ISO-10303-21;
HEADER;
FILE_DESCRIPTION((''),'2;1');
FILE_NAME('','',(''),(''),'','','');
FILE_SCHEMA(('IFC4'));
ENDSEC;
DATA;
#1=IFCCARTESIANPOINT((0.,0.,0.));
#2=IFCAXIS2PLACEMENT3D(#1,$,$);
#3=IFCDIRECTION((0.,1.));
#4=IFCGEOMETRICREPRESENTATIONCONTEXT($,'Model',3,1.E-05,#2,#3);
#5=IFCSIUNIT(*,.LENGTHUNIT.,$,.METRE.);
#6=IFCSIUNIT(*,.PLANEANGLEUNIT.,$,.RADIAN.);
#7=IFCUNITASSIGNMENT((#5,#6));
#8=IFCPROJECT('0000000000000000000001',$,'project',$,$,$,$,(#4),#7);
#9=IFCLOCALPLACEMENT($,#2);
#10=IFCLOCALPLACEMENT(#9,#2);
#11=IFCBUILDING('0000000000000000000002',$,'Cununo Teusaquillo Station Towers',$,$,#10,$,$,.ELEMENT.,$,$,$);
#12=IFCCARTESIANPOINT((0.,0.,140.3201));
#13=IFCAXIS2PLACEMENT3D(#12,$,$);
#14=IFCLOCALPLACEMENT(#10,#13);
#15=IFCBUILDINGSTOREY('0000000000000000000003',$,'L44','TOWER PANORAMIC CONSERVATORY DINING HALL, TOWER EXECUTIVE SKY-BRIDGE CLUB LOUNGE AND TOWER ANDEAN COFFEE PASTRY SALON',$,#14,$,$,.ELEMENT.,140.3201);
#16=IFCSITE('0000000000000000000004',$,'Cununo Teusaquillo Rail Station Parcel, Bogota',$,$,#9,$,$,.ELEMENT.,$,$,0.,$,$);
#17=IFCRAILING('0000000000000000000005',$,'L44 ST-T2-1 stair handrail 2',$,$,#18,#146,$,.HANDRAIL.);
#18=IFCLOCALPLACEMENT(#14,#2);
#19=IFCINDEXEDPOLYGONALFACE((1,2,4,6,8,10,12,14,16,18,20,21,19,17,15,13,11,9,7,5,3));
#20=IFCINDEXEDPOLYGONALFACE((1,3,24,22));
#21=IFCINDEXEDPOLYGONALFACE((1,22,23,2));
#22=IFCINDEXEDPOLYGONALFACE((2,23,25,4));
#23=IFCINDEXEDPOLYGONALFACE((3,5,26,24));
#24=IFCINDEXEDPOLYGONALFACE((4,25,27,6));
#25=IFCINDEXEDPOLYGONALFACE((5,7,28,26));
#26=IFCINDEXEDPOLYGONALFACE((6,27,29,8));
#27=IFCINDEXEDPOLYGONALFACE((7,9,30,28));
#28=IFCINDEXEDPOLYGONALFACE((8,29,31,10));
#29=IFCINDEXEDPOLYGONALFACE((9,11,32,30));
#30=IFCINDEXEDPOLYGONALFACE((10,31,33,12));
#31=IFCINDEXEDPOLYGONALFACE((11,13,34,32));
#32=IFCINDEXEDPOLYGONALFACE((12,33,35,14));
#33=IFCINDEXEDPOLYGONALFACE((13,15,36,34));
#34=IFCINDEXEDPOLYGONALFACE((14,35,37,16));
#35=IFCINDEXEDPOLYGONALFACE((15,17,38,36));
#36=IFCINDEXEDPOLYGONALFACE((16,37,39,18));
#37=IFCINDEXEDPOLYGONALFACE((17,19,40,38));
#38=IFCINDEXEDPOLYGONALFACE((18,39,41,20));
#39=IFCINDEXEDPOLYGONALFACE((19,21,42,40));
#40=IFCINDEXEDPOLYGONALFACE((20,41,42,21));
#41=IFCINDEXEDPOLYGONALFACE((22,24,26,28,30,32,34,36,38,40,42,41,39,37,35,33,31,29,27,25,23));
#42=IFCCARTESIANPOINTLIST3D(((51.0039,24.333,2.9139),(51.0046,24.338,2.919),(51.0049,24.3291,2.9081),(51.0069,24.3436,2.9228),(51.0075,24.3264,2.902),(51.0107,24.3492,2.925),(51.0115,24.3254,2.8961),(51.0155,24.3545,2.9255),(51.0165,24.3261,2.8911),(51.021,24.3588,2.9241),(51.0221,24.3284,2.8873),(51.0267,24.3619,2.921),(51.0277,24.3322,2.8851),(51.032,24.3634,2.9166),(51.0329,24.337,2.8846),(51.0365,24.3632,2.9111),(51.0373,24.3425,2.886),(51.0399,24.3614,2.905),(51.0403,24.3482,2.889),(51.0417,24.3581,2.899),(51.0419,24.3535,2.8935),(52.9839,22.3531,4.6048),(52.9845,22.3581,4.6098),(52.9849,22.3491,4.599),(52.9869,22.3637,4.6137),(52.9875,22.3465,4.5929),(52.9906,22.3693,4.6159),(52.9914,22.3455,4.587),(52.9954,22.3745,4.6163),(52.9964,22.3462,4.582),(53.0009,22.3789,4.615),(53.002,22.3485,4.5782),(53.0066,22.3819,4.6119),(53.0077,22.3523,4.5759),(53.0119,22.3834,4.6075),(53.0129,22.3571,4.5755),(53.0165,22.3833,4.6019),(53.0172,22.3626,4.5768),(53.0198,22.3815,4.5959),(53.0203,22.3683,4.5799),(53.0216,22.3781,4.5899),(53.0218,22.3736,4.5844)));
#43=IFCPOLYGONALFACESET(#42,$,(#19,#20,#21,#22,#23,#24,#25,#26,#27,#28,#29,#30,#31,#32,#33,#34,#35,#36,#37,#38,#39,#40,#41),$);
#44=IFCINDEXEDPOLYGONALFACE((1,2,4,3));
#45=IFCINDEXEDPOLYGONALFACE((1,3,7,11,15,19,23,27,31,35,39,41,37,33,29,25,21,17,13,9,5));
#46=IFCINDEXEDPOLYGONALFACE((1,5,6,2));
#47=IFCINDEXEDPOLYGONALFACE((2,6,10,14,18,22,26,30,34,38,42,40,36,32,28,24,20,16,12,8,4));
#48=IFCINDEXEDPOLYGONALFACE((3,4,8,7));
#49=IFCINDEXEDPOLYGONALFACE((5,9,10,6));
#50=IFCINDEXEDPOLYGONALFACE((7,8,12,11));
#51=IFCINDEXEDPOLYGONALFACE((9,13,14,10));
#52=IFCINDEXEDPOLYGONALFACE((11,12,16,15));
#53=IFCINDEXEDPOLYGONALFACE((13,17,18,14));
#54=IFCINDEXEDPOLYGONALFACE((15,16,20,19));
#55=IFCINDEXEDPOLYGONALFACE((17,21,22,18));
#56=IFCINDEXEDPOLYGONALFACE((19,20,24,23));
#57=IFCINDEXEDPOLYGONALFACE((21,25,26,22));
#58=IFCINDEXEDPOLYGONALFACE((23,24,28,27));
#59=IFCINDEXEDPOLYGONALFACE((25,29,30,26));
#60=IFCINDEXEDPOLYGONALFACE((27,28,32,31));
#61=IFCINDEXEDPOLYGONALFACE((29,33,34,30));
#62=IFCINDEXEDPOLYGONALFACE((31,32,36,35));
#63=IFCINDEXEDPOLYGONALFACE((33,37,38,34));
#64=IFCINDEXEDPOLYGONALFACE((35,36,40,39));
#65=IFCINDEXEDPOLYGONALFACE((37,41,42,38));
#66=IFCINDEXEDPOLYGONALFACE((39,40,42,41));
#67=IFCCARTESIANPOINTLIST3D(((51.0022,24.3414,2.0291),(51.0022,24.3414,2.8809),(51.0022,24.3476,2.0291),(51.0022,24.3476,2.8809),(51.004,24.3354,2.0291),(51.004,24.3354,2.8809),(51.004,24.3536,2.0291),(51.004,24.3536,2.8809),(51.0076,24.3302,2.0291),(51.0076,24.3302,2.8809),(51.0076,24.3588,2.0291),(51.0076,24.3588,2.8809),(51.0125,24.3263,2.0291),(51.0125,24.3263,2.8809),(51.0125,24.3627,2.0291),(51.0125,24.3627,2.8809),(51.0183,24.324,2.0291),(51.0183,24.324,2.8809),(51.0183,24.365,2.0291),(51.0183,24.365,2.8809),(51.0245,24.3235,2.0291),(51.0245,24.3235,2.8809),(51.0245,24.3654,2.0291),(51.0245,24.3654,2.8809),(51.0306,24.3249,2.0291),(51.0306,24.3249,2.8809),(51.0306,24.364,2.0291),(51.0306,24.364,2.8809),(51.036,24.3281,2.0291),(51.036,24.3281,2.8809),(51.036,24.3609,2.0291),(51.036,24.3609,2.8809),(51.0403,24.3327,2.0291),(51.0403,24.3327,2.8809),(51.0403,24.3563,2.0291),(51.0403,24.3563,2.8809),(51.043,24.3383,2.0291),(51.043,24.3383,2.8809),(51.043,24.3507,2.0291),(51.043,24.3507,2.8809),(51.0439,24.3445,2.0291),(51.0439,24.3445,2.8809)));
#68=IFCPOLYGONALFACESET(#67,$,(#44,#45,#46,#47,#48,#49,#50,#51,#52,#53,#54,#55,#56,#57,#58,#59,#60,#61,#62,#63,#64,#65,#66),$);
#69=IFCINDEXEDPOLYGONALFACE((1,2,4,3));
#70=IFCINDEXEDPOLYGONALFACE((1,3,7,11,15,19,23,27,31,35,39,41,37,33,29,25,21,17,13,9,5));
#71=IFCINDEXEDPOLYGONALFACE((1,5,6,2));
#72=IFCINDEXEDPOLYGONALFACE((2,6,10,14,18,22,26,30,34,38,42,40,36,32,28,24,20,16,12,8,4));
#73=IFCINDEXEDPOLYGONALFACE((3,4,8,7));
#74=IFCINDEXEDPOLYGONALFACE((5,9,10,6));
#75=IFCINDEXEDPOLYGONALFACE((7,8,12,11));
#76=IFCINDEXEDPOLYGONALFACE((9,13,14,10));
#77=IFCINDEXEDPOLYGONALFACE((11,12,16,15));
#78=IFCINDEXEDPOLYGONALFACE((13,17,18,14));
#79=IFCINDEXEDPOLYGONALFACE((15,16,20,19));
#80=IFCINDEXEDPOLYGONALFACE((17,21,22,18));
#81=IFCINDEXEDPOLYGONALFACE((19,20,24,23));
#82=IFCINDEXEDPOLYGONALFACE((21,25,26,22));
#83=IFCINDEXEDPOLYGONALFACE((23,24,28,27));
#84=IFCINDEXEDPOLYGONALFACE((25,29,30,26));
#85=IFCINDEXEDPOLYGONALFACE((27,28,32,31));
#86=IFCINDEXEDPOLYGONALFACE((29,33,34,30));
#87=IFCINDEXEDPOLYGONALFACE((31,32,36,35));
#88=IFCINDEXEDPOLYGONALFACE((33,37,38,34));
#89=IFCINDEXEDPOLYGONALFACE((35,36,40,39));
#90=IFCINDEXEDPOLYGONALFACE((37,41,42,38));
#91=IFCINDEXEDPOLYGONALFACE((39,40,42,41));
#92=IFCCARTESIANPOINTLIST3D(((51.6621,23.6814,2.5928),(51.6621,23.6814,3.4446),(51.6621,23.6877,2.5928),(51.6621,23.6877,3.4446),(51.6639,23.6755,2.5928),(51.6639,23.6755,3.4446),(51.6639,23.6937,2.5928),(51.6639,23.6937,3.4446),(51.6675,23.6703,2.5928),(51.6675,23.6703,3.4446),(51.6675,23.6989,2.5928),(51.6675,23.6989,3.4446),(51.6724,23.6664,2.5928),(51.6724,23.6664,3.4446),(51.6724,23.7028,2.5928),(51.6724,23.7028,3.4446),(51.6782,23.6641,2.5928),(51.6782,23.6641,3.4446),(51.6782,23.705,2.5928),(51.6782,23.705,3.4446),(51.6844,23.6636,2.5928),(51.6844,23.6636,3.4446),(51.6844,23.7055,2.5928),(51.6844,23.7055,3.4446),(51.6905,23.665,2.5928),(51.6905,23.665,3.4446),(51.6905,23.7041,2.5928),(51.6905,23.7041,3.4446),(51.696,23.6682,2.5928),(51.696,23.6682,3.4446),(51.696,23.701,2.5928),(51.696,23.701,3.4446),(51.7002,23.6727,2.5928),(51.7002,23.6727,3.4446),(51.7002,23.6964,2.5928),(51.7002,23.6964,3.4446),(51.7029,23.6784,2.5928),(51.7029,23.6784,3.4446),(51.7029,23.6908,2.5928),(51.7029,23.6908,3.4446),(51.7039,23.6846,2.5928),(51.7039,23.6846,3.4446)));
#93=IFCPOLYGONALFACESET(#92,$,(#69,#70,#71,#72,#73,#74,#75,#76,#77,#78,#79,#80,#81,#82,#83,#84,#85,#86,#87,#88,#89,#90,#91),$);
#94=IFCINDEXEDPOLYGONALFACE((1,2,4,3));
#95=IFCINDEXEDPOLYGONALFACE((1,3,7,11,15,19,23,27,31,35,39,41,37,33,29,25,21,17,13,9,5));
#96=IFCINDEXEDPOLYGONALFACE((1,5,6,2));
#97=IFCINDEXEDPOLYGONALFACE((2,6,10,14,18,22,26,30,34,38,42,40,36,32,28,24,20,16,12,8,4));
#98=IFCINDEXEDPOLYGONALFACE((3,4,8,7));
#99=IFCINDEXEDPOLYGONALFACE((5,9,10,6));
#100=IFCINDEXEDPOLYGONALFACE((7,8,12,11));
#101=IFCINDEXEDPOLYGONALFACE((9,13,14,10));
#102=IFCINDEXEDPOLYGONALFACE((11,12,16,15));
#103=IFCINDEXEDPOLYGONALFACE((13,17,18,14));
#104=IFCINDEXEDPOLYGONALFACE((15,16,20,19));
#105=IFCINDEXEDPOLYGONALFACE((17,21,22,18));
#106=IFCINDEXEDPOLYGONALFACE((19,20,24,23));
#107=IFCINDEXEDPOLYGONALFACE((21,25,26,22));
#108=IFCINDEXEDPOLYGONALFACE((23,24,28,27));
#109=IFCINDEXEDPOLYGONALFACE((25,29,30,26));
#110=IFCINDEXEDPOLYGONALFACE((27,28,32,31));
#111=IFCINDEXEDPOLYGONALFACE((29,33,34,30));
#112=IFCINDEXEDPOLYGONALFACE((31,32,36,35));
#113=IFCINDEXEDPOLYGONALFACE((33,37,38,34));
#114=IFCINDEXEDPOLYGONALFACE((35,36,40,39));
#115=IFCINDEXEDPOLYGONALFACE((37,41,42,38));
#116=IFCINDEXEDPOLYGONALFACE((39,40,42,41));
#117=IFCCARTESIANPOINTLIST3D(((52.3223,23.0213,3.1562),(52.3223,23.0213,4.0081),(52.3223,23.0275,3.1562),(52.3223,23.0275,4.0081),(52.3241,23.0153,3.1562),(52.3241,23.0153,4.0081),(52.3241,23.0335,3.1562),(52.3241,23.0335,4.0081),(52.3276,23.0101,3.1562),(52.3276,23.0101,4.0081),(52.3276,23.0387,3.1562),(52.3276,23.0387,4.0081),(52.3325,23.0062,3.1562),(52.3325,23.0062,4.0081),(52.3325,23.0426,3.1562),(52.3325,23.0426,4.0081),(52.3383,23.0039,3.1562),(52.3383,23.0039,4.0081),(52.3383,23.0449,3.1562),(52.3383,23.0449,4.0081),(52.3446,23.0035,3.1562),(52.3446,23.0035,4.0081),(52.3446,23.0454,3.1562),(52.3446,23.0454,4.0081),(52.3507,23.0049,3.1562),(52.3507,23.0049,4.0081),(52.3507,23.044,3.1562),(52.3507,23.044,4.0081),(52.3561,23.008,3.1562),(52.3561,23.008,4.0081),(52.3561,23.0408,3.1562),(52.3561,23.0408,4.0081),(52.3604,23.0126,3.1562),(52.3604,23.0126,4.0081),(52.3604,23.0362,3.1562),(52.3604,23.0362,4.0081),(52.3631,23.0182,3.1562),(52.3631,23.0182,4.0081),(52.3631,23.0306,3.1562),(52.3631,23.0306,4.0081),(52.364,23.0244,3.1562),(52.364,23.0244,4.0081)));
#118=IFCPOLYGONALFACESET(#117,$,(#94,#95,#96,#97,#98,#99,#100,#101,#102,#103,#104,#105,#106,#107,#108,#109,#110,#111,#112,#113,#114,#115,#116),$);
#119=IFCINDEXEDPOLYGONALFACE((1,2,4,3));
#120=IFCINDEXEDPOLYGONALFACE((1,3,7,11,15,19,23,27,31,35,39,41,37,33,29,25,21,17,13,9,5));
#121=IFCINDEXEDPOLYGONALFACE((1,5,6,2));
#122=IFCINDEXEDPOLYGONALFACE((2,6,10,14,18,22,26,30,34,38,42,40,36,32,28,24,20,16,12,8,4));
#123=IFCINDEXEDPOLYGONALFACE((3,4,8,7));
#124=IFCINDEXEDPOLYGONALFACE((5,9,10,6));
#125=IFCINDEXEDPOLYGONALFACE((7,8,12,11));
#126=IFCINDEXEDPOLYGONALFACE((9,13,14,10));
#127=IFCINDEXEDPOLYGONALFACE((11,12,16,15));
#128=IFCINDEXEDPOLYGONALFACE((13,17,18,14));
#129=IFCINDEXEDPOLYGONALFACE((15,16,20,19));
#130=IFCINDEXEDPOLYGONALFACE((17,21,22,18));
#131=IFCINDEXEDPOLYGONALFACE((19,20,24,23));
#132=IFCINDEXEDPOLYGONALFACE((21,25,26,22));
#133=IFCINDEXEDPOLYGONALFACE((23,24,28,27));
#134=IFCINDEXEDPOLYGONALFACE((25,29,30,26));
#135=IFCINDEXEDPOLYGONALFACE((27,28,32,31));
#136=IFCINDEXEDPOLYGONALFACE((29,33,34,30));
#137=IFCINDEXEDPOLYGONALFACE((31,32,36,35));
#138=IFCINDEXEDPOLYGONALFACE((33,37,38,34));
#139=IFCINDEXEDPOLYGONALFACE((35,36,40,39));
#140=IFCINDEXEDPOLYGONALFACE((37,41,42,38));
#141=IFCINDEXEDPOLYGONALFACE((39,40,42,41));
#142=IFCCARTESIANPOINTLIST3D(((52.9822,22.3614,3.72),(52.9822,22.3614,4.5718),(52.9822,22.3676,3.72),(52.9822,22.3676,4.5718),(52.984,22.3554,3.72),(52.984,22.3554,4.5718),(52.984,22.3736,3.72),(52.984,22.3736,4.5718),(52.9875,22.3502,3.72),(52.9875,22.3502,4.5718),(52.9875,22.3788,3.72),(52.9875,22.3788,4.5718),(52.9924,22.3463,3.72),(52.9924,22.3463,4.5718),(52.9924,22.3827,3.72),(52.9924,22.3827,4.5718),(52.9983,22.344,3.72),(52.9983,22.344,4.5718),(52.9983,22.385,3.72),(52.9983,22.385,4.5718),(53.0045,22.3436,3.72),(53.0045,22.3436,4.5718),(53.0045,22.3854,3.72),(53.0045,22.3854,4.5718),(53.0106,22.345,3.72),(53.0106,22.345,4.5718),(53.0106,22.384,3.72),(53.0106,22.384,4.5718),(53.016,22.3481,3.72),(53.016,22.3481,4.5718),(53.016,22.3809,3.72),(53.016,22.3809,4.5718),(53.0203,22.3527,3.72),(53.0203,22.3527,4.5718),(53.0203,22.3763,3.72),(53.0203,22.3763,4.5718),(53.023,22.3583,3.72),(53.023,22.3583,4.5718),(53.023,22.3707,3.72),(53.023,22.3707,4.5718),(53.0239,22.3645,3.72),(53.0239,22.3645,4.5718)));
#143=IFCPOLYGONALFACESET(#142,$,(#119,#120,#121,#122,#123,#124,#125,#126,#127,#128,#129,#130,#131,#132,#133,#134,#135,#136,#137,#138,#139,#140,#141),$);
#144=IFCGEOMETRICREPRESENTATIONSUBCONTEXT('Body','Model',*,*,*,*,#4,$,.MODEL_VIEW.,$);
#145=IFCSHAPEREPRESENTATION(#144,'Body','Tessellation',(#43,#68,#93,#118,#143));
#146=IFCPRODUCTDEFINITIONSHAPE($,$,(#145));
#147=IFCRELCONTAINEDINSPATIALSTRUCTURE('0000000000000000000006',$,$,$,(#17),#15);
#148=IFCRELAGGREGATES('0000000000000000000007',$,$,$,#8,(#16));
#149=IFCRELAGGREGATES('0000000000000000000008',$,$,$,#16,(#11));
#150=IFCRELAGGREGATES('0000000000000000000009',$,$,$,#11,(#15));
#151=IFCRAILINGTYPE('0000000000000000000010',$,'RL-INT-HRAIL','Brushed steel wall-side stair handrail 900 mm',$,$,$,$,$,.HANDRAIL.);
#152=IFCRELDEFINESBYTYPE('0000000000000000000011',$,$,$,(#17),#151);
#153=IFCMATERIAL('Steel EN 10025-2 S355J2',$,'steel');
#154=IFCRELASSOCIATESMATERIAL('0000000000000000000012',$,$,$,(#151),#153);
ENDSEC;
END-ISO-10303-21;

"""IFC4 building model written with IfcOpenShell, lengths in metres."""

from ifc_helpers import new_model, si_unit, direction, frame, origin, origin_2d, place, context, subcontext, project, spatial, circle, extrude, material, type_object, element, save


model = new_model("IFC4")

# Units and contexts
model_context = context("Model", 3, precision=1e-05, world=origin(), true_north=direction((0.0, 1.0)))
body_context = subcontext(model_context, "Body", "Model", "MODEL_VIEW")
ifc_project = project(units=[si_unit("LENGTHUNIT", "METRE"), si_unit("PLANEANGLEUNIT", "RADIAN")], contexts=[model_context])

# Site, building, storey
site_placement = place(None, origin())
site = spatial("IfcSite", under=ifc_project, at=site_placement, Name="Cununo Teusaquillo Rail Station Parcel, Bogota", CompositionType="ELEMENT", RefElevation=0.0)
building_placement = place(site_placement, origin())
building = spatial("IfcBuilding", under=site, at=building_placement, Name="Cununo Teusaquillo Station Towers", CompositionType="ELEMENT")
storey_placement = place(building_placement, frame((0.0, 0.0, 140.3201)))
storey = spatial("IfcBuildingStorey", under=building, at=storey_placement, Name="L44", Description="TOWER PANORAMIC CONSERVATORY DINING HALL, TOWER EXECUTIVE SKY-BRIDGE CLUB LOUNGE AND TOWER ANDEAN COFFEE PASTRY SALON", CompositionType="ELEMENT", Elevation=140.3201)

# Railing
ifc_material_1 = material(Name="Steel EN 10025-2 S355J2", Category="steel")
railing_type_1 = type_object("IfcRailingType", Name="RL-INT-HRAIL", Description="Brushed steel wall-side stair handrail 900 mm", PredefinedType="HANDRAIL", material=ifc_material_1)
railing_1_placement = place(storey_placement, frame((51.0229, 24.3445, 2.0291)))
element("IfcRailing", 1, at=railing_1_placement, inside=storey, type_object=railing_type_1, Name="L44 ST-T2-1 stair handrail 2", PredefinedType="HANDRAIL", context=body_context, shape_type="SweptSolid", body=[
    extrude(circle(Radius=0.0239, at=origin_2d()), frame((0.0, 0.0, 0.876), z_axis=(0.605302, -0.605302, 0.516932), x_axis=(0.707107, 0.707107, 0.0)), (0.0, 0.0, 1.0), 3.271),
    extrude(circle(Radius=0.021, at=origin_2d()), origin(), (0.0, 0.0, 1.0), 0.8518),
    extrude(circle(Radius=0.021, at=origin_2d()), frame((0.6599, -0.6599, 0.5637)), (0.0, 0.0, 1.0), 0.8518),
    extrude(circle(Radius=0.021, at=origin_2d()), frame((1.3201, -1.3201, 1.1272)), (0.0, 0.0, 1.0), 0.8518),
    extrude(circle(Radius=0.021, at=origin_2d()), frame((1.98, -1.98, 1.6909)), (0.0, 0.0, 1.0), 0.8518),
])

save(model, "model.ifc")
